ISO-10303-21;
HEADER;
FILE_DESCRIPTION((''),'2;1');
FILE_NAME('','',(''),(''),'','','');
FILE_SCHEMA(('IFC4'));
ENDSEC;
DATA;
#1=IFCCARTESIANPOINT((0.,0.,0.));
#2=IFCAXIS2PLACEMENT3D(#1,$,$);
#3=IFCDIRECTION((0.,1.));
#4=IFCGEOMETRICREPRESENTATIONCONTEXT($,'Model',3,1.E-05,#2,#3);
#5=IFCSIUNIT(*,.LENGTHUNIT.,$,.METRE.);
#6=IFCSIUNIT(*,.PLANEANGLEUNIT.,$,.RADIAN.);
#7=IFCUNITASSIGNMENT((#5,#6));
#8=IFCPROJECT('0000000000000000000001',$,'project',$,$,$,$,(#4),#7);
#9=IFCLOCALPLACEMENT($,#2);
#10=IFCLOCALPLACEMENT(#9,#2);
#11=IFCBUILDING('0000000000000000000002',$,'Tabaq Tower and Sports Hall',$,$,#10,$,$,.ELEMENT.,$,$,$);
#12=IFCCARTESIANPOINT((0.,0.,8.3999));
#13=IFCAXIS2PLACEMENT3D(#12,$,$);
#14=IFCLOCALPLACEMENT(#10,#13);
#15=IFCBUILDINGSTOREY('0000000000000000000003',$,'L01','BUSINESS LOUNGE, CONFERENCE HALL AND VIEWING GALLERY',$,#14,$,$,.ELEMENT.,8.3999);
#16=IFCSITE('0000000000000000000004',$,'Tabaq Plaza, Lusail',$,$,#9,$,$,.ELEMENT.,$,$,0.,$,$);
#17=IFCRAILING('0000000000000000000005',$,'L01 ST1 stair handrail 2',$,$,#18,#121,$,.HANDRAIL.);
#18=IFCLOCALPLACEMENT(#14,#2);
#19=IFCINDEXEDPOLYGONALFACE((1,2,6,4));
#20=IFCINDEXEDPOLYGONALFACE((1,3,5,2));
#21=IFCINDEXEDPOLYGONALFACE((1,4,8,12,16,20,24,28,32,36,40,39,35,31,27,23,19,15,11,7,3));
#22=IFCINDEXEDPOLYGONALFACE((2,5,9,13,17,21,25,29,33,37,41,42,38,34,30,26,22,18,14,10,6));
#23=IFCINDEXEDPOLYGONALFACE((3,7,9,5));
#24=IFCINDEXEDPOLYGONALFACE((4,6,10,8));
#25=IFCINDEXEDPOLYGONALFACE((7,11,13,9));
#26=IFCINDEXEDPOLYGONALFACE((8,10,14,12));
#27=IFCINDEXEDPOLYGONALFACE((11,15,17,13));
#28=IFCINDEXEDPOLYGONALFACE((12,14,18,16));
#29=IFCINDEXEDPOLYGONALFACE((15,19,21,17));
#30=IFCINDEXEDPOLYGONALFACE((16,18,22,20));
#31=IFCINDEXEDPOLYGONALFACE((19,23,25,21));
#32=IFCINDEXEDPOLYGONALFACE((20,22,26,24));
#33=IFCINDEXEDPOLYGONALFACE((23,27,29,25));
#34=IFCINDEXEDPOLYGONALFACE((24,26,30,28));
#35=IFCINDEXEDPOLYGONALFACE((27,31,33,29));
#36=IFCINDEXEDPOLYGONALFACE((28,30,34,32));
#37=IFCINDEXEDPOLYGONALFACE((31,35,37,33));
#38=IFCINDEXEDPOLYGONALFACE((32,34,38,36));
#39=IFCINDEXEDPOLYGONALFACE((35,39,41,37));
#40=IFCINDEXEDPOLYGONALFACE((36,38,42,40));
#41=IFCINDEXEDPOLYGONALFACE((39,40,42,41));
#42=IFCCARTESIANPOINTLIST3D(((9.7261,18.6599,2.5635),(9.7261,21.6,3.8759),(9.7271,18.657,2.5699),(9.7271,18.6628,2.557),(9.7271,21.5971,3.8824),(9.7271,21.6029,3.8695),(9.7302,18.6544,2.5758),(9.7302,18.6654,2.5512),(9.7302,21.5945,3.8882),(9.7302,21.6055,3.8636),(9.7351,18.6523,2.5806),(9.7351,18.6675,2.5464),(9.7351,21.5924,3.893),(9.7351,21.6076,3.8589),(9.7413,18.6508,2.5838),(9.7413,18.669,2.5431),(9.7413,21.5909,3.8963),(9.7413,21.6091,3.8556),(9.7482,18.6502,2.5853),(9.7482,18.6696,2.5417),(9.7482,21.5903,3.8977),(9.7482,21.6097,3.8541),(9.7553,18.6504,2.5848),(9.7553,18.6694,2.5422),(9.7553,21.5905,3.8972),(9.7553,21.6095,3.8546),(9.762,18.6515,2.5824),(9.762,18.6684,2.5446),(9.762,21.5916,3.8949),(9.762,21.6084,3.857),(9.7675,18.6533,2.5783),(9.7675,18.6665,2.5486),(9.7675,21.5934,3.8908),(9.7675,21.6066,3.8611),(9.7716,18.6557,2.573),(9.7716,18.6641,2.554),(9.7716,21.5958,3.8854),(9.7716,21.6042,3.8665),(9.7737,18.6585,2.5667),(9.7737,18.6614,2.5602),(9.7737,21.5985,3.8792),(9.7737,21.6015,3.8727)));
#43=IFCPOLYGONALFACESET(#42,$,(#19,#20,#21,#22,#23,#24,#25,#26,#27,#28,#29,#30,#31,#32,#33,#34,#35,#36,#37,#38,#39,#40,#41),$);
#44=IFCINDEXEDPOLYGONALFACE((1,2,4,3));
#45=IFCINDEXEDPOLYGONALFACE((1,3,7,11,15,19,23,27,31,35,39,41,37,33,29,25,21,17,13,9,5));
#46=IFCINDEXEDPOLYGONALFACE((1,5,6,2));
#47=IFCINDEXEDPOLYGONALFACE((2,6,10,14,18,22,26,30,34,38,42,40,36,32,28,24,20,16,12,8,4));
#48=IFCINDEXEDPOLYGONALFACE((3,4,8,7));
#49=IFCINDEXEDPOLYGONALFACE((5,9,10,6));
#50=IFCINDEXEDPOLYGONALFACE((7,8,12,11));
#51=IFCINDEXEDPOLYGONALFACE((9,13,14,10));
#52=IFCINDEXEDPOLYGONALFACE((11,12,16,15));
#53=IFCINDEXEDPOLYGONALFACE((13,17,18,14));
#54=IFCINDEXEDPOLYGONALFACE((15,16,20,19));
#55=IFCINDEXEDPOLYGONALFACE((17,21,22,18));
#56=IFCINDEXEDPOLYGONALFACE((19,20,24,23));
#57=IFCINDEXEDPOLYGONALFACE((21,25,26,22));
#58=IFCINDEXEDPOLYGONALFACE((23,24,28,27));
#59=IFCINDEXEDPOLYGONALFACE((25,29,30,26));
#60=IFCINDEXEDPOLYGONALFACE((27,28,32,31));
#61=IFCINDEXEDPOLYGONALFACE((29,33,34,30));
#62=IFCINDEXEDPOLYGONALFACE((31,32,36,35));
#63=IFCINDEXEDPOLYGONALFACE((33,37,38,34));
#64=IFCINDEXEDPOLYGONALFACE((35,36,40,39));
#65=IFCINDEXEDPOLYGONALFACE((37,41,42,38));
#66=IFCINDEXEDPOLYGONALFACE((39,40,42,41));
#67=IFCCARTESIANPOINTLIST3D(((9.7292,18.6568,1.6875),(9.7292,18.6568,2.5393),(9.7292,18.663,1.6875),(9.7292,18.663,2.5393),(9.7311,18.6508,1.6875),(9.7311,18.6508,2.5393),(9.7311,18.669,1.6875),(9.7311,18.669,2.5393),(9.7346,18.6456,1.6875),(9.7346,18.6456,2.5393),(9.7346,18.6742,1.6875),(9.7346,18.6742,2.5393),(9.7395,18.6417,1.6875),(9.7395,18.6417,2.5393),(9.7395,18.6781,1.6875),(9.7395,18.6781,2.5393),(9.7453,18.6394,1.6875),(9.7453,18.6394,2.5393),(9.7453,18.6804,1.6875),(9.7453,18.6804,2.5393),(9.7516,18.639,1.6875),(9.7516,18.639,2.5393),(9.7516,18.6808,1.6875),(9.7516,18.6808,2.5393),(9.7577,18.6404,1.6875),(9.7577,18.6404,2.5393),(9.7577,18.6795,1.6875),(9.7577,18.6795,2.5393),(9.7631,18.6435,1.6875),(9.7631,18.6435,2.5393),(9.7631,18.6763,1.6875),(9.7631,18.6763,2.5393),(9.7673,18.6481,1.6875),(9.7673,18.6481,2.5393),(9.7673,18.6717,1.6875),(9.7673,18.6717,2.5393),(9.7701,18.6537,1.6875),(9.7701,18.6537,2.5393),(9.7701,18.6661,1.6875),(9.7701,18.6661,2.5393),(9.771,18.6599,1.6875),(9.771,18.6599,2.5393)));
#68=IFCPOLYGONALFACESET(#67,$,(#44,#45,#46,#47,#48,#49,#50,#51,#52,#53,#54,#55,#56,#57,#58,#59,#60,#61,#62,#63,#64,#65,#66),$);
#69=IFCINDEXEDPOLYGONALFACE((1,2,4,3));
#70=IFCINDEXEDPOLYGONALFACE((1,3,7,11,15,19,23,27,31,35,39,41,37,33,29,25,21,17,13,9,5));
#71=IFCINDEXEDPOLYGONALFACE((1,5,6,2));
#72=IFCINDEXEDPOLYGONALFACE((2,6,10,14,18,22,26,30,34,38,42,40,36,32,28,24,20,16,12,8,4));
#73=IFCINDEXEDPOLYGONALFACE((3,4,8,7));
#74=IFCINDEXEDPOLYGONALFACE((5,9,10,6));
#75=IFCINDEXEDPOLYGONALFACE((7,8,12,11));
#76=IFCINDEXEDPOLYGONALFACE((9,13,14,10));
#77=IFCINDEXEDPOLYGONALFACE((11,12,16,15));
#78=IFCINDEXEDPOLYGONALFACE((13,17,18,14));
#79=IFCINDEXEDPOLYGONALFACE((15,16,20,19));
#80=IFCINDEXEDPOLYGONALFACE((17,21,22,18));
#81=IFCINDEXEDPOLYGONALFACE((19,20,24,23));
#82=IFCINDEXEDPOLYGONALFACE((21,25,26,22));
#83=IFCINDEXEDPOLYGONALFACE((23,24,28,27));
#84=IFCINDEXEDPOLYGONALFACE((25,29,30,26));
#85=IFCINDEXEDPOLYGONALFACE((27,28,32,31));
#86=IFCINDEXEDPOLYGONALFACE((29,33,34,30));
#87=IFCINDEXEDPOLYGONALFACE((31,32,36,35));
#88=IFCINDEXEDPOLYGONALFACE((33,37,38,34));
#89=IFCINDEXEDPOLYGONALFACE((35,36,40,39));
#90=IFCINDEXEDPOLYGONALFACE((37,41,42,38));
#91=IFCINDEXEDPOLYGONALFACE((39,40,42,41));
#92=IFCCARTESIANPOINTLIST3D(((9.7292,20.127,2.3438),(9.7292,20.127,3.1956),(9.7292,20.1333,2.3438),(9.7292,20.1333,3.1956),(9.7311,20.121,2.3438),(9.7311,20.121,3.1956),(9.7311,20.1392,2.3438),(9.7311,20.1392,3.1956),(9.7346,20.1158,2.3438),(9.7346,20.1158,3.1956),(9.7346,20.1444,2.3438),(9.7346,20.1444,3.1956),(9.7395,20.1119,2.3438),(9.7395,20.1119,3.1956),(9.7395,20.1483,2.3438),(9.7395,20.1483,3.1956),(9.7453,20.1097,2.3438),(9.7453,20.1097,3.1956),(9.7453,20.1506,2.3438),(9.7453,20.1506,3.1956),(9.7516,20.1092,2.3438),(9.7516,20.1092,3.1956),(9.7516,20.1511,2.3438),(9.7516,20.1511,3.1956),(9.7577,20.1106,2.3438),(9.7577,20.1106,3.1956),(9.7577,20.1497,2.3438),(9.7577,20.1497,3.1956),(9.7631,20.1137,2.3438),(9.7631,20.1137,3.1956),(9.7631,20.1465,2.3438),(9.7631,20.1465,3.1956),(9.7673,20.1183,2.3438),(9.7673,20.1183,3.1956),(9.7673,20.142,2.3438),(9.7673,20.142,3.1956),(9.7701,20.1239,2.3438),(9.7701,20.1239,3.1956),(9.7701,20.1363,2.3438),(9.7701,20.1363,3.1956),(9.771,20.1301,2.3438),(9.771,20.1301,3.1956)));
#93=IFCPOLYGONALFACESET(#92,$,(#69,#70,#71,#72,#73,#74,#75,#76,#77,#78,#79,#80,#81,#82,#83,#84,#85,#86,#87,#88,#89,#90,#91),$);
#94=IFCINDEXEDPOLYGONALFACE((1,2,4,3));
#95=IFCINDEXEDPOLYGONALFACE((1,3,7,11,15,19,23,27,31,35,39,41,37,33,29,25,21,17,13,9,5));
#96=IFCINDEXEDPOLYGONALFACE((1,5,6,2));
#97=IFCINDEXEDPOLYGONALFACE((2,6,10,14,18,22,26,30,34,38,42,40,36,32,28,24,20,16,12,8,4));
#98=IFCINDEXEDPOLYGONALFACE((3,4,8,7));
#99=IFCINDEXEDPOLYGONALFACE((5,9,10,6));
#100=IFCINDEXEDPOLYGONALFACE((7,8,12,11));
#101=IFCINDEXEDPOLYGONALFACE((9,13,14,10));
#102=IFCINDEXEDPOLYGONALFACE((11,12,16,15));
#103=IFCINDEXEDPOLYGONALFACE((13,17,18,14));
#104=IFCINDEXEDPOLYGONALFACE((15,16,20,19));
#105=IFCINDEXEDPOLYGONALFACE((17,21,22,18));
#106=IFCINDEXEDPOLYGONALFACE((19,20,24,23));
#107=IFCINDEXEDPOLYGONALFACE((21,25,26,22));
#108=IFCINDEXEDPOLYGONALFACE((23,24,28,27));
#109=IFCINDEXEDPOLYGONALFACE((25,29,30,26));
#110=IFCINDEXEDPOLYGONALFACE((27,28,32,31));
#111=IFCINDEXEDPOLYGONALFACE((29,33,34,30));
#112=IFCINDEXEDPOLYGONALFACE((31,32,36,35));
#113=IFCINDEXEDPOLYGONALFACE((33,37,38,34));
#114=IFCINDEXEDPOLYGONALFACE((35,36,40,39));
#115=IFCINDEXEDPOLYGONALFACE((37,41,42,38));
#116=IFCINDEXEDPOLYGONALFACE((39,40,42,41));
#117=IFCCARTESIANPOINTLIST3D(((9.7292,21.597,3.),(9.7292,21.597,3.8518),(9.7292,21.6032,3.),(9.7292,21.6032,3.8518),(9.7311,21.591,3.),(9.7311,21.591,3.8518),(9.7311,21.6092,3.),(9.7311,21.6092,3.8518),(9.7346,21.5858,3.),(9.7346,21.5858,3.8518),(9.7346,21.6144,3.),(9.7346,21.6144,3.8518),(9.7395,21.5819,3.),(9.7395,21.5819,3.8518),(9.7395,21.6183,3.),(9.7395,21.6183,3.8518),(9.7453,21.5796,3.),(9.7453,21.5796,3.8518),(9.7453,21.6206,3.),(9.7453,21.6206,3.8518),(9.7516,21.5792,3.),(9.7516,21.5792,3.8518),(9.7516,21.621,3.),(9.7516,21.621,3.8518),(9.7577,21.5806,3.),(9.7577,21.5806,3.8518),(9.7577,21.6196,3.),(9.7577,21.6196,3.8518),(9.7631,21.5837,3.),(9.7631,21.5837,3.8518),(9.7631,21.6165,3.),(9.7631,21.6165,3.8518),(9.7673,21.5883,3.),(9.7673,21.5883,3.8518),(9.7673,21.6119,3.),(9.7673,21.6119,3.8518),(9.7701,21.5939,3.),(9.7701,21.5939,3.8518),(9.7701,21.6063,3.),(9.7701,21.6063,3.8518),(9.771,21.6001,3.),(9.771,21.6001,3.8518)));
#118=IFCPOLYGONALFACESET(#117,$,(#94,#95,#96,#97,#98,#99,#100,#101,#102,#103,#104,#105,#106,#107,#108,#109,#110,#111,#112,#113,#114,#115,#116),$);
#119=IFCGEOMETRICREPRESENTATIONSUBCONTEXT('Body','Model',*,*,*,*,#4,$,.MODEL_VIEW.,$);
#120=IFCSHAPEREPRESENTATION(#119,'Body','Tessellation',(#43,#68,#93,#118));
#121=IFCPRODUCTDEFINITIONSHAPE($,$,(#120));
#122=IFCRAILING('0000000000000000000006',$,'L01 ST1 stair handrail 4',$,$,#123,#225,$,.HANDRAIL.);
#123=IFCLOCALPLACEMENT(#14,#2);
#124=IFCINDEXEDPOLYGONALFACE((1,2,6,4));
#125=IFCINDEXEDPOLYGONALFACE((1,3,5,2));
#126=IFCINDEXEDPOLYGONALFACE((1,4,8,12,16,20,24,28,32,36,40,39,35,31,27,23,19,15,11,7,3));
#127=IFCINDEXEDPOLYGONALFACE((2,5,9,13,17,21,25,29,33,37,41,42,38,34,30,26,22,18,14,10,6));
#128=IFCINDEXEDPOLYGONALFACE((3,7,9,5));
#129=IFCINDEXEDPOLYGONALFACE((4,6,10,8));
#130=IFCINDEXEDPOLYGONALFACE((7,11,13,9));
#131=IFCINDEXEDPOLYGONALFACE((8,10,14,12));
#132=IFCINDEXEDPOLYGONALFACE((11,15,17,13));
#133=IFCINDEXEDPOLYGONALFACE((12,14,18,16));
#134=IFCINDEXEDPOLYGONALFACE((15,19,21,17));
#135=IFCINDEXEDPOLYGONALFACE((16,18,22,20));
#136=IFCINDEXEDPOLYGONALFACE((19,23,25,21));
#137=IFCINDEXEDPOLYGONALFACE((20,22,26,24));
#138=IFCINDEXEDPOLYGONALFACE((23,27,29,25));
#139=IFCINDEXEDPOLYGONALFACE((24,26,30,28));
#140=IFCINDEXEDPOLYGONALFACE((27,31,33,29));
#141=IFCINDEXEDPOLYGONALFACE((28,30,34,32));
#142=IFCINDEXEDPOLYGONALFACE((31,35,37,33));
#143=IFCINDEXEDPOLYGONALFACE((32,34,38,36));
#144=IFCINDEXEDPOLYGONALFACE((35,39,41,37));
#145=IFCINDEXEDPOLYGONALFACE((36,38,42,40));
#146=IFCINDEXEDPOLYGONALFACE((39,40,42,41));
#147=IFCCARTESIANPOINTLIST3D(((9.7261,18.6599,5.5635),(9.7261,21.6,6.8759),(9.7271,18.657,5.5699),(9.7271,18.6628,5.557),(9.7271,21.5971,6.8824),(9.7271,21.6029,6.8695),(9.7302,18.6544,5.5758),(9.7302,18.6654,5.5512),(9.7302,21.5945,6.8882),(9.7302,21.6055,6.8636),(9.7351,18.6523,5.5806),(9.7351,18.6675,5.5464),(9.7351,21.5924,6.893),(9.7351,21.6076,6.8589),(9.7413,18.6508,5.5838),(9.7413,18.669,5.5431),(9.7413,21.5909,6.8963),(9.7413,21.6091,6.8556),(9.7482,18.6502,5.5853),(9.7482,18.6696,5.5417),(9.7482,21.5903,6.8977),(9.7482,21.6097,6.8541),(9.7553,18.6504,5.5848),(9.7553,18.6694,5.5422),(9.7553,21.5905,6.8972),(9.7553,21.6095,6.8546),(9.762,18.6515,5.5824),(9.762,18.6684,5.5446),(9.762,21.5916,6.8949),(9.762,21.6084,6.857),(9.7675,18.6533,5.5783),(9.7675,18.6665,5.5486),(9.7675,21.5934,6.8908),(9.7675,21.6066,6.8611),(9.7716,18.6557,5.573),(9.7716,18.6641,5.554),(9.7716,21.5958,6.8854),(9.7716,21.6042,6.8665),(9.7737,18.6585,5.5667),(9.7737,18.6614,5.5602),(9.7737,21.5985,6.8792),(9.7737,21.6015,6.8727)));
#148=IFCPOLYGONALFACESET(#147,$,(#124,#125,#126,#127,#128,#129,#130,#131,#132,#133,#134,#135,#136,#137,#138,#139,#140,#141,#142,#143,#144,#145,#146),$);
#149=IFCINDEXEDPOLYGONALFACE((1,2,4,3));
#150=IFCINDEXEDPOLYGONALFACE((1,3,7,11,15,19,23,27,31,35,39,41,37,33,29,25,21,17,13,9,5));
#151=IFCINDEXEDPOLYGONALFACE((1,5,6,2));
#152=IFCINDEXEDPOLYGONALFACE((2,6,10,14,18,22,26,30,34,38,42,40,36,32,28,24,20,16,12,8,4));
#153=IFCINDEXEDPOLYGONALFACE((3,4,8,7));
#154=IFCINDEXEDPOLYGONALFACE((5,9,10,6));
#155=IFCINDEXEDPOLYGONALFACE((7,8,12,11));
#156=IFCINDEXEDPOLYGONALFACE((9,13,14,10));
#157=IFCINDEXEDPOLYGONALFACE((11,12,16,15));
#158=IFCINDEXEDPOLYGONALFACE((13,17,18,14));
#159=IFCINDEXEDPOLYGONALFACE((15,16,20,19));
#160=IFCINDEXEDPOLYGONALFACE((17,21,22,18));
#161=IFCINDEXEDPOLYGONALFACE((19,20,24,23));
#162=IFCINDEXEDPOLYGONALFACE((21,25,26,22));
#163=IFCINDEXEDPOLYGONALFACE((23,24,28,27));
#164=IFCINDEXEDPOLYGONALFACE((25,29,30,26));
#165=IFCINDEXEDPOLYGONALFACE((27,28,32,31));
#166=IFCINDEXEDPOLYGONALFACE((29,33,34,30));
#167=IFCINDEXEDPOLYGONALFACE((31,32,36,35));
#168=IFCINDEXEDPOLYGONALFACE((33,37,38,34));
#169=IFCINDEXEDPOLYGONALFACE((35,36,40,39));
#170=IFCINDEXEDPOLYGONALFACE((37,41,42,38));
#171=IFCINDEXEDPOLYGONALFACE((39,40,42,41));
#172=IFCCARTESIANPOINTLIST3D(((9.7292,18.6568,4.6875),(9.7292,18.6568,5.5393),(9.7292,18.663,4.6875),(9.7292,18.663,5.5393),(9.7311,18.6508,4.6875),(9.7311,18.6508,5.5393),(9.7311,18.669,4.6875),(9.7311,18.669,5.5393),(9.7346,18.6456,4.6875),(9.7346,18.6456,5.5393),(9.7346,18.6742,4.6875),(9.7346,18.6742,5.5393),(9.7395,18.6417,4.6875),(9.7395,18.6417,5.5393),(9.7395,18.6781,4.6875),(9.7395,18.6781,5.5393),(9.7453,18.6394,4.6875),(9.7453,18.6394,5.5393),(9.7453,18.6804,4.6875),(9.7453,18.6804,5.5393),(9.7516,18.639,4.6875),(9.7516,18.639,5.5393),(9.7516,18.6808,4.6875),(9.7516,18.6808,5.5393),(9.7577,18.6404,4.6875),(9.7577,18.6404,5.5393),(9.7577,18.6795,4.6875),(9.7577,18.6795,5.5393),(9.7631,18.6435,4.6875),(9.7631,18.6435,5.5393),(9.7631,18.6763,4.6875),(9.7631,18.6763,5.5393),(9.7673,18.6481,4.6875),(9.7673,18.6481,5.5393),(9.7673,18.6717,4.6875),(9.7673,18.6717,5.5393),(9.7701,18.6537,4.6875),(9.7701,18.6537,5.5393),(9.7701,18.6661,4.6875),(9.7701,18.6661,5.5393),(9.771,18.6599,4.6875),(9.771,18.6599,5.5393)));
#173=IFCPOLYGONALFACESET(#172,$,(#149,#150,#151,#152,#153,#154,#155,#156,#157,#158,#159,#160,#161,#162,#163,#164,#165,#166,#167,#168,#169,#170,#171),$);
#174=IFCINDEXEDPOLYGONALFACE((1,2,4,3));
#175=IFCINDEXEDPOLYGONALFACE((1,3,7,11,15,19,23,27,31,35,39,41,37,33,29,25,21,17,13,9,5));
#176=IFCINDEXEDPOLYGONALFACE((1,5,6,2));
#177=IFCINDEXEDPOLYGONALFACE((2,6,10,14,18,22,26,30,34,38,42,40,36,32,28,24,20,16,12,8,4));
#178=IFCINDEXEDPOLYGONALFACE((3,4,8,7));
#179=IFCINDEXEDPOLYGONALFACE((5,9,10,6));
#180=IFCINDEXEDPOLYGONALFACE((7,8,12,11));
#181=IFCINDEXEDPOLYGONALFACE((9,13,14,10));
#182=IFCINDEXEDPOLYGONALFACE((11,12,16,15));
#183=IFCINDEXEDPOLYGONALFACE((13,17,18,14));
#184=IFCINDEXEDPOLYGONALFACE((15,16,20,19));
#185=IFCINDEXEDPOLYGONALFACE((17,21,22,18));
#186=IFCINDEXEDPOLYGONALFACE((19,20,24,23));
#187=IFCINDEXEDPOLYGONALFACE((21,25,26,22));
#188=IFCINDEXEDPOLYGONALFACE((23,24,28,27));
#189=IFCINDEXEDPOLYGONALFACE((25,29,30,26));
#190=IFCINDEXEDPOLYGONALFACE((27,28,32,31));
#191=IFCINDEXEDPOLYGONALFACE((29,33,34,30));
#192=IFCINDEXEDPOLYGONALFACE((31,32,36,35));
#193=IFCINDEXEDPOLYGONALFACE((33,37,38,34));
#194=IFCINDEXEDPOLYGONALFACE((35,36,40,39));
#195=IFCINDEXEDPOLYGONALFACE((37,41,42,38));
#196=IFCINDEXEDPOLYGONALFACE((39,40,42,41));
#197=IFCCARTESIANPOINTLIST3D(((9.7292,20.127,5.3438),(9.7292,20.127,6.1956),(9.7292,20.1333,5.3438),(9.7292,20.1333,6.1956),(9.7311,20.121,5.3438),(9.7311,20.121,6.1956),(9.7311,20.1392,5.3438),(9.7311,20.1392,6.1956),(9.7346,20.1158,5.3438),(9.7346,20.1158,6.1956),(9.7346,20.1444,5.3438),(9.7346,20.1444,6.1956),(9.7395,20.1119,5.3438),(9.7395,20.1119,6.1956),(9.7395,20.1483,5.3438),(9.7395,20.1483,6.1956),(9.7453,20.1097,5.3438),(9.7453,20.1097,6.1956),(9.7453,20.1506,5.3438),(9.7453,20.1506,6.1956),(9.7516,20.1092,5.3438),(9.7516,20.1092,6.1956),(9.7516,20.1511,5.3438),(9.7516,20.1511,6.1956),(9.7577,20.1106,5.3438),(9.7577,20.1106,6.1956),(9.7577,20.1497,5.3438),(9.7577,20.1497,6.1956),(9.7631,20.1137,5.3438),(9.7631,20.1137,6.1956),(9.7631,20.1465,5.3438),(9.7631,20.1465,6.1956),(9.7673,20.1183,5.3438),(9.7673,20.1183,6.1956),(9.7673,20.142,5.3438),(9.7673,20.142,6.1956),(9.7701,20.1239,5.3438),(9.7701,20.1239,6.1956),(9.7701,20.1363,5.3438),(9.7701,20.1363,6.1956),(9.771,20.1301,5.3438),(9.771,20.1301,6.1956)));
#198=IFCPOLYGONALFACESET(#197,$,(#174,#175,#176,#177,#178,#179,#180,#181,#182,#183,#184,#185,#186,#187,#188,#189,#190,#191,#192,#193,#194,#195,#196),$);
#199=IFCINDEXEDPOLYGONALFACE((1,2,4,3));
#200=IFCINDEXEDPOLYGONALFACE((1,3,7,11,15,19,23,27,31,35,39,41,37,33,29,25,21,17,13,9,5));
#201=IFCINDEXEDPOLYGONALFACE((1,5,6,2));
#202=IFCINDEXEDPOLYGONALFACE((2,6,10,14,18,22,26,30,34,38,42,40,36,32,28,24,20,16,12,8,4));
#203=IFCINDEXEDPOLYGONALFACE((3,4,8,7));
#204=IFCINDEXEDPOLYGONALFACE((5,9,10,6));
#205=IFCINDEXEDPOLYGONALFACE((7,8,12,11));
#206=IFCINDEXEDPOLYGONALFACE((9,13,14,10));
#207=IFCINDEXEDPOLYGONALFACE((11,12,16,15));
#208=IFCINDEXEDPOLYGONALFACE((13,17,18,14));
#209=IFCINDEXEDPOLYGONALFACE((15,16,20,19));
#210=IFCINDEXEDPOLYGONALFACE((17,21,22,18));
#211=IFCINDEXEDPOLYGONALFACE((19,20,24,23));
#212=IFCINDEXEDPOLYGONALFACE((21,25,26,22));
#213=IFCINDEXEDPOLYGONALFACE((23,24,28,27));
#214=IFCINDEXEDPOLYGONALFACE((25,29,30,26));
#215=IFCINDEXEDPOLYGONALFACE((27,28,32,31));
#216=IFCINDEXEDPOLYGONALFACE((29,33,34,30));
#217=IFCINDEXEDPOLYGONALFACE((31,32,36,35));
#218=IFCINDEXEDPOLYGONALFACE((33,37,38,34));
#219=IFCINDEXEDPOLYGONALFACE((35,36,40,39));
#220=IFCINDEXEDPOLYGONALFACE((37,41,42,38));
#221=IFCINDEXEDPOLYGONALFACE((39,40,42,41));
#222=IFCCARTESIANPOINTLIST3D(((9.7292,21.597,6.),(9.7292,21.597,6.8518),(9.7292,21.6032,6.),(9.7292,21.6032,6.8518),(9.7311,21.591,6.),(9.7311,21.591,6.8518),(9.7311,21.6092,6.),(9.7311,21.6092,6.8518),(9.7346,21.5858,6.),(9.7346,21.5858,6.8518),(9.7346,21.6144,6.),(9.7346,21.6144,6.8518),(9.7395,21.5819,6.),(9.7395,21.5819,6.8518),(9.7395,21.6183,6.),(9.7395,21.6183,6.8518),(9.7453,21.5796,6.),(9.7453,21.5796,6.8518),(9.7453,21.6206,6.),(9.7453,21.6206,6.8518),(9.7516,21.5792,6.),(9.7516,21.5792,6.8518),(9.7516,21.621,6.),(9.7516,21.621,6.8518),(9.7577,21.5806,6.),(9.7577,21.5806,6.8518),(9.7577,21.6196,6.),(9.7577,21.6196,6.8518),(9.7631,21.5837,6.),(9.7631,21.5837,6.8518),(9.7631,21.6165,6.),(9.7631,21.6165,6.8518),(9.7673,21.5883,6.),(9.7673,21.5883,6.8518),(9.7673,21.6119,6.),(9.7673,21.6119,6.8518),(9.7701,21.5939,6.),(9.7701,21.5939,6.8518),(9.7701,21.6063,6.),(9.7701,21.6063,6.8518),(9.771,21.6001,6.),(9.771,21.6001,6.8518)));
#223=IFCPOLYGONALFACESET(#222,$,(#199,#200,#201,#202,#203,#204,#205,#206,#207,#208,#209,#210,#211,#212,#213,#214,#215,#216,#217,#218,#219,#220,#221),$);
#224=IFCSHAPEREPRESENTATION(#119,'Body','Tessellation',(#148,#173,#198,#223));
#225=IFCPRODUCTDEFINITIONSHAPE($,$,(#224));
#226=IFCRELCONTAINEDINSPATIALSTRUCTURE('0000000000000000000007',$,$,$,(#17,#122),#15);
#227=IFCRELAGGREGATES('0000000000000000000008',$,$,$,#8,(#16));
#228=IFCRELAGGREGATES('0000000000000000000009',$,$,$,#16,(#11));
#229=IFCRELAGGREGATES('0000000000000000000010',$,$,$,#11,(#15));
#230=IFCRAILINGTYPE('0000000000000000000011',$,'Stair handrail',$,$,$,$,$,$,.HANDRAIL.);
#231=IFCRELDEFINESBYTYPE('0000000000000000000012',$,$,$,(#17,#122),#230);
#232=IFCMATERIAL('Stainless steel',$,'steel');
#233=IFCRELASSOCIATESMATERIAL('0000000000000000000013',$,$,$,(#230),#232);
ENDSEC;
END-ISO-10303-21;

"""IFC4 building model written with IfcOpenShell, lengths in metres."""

from ifc_helpers import new_model, si_unit, direction, frame, origin, origin_2d, place, context, subcontext, project, spatial, circle, extrude, material, type_object, element, save


model = new_model("IFC4")

# Units and contexts
model_context = context("Model", 3, precision=1e-05, world=origin(), true_north=direction((0.0, 1.0)))
body_context = subcontext(model_context, "Body", "Model", "MODEL_VIEW")
ifc_project = project(units=[si_unit("LENGTHUNIT", "METRE"), si_unit("PLANEANGLEUNIT", "RADIAN")], contexts=[model_context])

# Site, building, storey
site_placement = place(None, origin())
site = spatial("IfcSite", under=ifc_project, at=site_placement, Name="Tabaq Plaza, Lusail", CompositionType="ELEMENT", RefElevation=0.0)
building_placement = place(site_placement, origin())
building = spatial("IfcBuilding", under=site, at=building_placement, Name="Tabaq Tower and Sports Hall", CompositionType="ELEMENT")
storey_placement = place(building_placement, frame((0.0, 0.0, 8.3999)))
storey = spatial("IfcBuildingStorey", under=building, at=storey_placement, Name="L01", Description="BUSINESS LOUNGE, CONFERENCE HALL AND VIEWING GALLERY", CompositionType="ELEMENT", Elevation=8.3999)

# Railings
ifc_material_1 = material(Name="Stainless steel", Category="steel")
railing_type_1 = type_object("IfcRailingType", Name="Stair handrail", PredefinedType="HANDRAIL", material=ifc_material_1)
for number, where, name in (
    (1, (9.75, 18.6599, 1.6875), "L01 ST1 stair handrail 2"),
    (2, (9.75, 18.6599, 4.6875), "L01 ST1 stair handrail 4"),
):
    element("IfcRailing", number, at=place(storey_placement, frame(where)), inside=storey, type_object=railing_type_1, Name=name, PredefinedType="HANDRAIL", context=body_context, shape_type="SweptSolid", body=[
        extrude(circle(Radius=0.0239, at=origin_2d()), frame((0.0, 0.0, 0.876), z_axis=(0.0, 0.913147, 0.407629), x_axis=(-1.0, 0.0, 0.0)), (0.0, 0.0, 1.0), 3.2197),
        extrude(circle(Radius=0.021, at=origin_2d()), origin(), (0.0, 0.0, 1.0), 0.8518),
        extrude(circle(Radius=0.021, at=origin_2d()), frame((0.0, 1.4702, 0.6562)), (0.0, 0.0, 1.0), 0.8518),
        extrude(circle(Radius=0.021, at=origin_2d()), frame((0.0, 2.9402, 1.3125)), (0.0, 0.0, 1.0), 0.8518),
    ])

save(model, "model.ifc")
